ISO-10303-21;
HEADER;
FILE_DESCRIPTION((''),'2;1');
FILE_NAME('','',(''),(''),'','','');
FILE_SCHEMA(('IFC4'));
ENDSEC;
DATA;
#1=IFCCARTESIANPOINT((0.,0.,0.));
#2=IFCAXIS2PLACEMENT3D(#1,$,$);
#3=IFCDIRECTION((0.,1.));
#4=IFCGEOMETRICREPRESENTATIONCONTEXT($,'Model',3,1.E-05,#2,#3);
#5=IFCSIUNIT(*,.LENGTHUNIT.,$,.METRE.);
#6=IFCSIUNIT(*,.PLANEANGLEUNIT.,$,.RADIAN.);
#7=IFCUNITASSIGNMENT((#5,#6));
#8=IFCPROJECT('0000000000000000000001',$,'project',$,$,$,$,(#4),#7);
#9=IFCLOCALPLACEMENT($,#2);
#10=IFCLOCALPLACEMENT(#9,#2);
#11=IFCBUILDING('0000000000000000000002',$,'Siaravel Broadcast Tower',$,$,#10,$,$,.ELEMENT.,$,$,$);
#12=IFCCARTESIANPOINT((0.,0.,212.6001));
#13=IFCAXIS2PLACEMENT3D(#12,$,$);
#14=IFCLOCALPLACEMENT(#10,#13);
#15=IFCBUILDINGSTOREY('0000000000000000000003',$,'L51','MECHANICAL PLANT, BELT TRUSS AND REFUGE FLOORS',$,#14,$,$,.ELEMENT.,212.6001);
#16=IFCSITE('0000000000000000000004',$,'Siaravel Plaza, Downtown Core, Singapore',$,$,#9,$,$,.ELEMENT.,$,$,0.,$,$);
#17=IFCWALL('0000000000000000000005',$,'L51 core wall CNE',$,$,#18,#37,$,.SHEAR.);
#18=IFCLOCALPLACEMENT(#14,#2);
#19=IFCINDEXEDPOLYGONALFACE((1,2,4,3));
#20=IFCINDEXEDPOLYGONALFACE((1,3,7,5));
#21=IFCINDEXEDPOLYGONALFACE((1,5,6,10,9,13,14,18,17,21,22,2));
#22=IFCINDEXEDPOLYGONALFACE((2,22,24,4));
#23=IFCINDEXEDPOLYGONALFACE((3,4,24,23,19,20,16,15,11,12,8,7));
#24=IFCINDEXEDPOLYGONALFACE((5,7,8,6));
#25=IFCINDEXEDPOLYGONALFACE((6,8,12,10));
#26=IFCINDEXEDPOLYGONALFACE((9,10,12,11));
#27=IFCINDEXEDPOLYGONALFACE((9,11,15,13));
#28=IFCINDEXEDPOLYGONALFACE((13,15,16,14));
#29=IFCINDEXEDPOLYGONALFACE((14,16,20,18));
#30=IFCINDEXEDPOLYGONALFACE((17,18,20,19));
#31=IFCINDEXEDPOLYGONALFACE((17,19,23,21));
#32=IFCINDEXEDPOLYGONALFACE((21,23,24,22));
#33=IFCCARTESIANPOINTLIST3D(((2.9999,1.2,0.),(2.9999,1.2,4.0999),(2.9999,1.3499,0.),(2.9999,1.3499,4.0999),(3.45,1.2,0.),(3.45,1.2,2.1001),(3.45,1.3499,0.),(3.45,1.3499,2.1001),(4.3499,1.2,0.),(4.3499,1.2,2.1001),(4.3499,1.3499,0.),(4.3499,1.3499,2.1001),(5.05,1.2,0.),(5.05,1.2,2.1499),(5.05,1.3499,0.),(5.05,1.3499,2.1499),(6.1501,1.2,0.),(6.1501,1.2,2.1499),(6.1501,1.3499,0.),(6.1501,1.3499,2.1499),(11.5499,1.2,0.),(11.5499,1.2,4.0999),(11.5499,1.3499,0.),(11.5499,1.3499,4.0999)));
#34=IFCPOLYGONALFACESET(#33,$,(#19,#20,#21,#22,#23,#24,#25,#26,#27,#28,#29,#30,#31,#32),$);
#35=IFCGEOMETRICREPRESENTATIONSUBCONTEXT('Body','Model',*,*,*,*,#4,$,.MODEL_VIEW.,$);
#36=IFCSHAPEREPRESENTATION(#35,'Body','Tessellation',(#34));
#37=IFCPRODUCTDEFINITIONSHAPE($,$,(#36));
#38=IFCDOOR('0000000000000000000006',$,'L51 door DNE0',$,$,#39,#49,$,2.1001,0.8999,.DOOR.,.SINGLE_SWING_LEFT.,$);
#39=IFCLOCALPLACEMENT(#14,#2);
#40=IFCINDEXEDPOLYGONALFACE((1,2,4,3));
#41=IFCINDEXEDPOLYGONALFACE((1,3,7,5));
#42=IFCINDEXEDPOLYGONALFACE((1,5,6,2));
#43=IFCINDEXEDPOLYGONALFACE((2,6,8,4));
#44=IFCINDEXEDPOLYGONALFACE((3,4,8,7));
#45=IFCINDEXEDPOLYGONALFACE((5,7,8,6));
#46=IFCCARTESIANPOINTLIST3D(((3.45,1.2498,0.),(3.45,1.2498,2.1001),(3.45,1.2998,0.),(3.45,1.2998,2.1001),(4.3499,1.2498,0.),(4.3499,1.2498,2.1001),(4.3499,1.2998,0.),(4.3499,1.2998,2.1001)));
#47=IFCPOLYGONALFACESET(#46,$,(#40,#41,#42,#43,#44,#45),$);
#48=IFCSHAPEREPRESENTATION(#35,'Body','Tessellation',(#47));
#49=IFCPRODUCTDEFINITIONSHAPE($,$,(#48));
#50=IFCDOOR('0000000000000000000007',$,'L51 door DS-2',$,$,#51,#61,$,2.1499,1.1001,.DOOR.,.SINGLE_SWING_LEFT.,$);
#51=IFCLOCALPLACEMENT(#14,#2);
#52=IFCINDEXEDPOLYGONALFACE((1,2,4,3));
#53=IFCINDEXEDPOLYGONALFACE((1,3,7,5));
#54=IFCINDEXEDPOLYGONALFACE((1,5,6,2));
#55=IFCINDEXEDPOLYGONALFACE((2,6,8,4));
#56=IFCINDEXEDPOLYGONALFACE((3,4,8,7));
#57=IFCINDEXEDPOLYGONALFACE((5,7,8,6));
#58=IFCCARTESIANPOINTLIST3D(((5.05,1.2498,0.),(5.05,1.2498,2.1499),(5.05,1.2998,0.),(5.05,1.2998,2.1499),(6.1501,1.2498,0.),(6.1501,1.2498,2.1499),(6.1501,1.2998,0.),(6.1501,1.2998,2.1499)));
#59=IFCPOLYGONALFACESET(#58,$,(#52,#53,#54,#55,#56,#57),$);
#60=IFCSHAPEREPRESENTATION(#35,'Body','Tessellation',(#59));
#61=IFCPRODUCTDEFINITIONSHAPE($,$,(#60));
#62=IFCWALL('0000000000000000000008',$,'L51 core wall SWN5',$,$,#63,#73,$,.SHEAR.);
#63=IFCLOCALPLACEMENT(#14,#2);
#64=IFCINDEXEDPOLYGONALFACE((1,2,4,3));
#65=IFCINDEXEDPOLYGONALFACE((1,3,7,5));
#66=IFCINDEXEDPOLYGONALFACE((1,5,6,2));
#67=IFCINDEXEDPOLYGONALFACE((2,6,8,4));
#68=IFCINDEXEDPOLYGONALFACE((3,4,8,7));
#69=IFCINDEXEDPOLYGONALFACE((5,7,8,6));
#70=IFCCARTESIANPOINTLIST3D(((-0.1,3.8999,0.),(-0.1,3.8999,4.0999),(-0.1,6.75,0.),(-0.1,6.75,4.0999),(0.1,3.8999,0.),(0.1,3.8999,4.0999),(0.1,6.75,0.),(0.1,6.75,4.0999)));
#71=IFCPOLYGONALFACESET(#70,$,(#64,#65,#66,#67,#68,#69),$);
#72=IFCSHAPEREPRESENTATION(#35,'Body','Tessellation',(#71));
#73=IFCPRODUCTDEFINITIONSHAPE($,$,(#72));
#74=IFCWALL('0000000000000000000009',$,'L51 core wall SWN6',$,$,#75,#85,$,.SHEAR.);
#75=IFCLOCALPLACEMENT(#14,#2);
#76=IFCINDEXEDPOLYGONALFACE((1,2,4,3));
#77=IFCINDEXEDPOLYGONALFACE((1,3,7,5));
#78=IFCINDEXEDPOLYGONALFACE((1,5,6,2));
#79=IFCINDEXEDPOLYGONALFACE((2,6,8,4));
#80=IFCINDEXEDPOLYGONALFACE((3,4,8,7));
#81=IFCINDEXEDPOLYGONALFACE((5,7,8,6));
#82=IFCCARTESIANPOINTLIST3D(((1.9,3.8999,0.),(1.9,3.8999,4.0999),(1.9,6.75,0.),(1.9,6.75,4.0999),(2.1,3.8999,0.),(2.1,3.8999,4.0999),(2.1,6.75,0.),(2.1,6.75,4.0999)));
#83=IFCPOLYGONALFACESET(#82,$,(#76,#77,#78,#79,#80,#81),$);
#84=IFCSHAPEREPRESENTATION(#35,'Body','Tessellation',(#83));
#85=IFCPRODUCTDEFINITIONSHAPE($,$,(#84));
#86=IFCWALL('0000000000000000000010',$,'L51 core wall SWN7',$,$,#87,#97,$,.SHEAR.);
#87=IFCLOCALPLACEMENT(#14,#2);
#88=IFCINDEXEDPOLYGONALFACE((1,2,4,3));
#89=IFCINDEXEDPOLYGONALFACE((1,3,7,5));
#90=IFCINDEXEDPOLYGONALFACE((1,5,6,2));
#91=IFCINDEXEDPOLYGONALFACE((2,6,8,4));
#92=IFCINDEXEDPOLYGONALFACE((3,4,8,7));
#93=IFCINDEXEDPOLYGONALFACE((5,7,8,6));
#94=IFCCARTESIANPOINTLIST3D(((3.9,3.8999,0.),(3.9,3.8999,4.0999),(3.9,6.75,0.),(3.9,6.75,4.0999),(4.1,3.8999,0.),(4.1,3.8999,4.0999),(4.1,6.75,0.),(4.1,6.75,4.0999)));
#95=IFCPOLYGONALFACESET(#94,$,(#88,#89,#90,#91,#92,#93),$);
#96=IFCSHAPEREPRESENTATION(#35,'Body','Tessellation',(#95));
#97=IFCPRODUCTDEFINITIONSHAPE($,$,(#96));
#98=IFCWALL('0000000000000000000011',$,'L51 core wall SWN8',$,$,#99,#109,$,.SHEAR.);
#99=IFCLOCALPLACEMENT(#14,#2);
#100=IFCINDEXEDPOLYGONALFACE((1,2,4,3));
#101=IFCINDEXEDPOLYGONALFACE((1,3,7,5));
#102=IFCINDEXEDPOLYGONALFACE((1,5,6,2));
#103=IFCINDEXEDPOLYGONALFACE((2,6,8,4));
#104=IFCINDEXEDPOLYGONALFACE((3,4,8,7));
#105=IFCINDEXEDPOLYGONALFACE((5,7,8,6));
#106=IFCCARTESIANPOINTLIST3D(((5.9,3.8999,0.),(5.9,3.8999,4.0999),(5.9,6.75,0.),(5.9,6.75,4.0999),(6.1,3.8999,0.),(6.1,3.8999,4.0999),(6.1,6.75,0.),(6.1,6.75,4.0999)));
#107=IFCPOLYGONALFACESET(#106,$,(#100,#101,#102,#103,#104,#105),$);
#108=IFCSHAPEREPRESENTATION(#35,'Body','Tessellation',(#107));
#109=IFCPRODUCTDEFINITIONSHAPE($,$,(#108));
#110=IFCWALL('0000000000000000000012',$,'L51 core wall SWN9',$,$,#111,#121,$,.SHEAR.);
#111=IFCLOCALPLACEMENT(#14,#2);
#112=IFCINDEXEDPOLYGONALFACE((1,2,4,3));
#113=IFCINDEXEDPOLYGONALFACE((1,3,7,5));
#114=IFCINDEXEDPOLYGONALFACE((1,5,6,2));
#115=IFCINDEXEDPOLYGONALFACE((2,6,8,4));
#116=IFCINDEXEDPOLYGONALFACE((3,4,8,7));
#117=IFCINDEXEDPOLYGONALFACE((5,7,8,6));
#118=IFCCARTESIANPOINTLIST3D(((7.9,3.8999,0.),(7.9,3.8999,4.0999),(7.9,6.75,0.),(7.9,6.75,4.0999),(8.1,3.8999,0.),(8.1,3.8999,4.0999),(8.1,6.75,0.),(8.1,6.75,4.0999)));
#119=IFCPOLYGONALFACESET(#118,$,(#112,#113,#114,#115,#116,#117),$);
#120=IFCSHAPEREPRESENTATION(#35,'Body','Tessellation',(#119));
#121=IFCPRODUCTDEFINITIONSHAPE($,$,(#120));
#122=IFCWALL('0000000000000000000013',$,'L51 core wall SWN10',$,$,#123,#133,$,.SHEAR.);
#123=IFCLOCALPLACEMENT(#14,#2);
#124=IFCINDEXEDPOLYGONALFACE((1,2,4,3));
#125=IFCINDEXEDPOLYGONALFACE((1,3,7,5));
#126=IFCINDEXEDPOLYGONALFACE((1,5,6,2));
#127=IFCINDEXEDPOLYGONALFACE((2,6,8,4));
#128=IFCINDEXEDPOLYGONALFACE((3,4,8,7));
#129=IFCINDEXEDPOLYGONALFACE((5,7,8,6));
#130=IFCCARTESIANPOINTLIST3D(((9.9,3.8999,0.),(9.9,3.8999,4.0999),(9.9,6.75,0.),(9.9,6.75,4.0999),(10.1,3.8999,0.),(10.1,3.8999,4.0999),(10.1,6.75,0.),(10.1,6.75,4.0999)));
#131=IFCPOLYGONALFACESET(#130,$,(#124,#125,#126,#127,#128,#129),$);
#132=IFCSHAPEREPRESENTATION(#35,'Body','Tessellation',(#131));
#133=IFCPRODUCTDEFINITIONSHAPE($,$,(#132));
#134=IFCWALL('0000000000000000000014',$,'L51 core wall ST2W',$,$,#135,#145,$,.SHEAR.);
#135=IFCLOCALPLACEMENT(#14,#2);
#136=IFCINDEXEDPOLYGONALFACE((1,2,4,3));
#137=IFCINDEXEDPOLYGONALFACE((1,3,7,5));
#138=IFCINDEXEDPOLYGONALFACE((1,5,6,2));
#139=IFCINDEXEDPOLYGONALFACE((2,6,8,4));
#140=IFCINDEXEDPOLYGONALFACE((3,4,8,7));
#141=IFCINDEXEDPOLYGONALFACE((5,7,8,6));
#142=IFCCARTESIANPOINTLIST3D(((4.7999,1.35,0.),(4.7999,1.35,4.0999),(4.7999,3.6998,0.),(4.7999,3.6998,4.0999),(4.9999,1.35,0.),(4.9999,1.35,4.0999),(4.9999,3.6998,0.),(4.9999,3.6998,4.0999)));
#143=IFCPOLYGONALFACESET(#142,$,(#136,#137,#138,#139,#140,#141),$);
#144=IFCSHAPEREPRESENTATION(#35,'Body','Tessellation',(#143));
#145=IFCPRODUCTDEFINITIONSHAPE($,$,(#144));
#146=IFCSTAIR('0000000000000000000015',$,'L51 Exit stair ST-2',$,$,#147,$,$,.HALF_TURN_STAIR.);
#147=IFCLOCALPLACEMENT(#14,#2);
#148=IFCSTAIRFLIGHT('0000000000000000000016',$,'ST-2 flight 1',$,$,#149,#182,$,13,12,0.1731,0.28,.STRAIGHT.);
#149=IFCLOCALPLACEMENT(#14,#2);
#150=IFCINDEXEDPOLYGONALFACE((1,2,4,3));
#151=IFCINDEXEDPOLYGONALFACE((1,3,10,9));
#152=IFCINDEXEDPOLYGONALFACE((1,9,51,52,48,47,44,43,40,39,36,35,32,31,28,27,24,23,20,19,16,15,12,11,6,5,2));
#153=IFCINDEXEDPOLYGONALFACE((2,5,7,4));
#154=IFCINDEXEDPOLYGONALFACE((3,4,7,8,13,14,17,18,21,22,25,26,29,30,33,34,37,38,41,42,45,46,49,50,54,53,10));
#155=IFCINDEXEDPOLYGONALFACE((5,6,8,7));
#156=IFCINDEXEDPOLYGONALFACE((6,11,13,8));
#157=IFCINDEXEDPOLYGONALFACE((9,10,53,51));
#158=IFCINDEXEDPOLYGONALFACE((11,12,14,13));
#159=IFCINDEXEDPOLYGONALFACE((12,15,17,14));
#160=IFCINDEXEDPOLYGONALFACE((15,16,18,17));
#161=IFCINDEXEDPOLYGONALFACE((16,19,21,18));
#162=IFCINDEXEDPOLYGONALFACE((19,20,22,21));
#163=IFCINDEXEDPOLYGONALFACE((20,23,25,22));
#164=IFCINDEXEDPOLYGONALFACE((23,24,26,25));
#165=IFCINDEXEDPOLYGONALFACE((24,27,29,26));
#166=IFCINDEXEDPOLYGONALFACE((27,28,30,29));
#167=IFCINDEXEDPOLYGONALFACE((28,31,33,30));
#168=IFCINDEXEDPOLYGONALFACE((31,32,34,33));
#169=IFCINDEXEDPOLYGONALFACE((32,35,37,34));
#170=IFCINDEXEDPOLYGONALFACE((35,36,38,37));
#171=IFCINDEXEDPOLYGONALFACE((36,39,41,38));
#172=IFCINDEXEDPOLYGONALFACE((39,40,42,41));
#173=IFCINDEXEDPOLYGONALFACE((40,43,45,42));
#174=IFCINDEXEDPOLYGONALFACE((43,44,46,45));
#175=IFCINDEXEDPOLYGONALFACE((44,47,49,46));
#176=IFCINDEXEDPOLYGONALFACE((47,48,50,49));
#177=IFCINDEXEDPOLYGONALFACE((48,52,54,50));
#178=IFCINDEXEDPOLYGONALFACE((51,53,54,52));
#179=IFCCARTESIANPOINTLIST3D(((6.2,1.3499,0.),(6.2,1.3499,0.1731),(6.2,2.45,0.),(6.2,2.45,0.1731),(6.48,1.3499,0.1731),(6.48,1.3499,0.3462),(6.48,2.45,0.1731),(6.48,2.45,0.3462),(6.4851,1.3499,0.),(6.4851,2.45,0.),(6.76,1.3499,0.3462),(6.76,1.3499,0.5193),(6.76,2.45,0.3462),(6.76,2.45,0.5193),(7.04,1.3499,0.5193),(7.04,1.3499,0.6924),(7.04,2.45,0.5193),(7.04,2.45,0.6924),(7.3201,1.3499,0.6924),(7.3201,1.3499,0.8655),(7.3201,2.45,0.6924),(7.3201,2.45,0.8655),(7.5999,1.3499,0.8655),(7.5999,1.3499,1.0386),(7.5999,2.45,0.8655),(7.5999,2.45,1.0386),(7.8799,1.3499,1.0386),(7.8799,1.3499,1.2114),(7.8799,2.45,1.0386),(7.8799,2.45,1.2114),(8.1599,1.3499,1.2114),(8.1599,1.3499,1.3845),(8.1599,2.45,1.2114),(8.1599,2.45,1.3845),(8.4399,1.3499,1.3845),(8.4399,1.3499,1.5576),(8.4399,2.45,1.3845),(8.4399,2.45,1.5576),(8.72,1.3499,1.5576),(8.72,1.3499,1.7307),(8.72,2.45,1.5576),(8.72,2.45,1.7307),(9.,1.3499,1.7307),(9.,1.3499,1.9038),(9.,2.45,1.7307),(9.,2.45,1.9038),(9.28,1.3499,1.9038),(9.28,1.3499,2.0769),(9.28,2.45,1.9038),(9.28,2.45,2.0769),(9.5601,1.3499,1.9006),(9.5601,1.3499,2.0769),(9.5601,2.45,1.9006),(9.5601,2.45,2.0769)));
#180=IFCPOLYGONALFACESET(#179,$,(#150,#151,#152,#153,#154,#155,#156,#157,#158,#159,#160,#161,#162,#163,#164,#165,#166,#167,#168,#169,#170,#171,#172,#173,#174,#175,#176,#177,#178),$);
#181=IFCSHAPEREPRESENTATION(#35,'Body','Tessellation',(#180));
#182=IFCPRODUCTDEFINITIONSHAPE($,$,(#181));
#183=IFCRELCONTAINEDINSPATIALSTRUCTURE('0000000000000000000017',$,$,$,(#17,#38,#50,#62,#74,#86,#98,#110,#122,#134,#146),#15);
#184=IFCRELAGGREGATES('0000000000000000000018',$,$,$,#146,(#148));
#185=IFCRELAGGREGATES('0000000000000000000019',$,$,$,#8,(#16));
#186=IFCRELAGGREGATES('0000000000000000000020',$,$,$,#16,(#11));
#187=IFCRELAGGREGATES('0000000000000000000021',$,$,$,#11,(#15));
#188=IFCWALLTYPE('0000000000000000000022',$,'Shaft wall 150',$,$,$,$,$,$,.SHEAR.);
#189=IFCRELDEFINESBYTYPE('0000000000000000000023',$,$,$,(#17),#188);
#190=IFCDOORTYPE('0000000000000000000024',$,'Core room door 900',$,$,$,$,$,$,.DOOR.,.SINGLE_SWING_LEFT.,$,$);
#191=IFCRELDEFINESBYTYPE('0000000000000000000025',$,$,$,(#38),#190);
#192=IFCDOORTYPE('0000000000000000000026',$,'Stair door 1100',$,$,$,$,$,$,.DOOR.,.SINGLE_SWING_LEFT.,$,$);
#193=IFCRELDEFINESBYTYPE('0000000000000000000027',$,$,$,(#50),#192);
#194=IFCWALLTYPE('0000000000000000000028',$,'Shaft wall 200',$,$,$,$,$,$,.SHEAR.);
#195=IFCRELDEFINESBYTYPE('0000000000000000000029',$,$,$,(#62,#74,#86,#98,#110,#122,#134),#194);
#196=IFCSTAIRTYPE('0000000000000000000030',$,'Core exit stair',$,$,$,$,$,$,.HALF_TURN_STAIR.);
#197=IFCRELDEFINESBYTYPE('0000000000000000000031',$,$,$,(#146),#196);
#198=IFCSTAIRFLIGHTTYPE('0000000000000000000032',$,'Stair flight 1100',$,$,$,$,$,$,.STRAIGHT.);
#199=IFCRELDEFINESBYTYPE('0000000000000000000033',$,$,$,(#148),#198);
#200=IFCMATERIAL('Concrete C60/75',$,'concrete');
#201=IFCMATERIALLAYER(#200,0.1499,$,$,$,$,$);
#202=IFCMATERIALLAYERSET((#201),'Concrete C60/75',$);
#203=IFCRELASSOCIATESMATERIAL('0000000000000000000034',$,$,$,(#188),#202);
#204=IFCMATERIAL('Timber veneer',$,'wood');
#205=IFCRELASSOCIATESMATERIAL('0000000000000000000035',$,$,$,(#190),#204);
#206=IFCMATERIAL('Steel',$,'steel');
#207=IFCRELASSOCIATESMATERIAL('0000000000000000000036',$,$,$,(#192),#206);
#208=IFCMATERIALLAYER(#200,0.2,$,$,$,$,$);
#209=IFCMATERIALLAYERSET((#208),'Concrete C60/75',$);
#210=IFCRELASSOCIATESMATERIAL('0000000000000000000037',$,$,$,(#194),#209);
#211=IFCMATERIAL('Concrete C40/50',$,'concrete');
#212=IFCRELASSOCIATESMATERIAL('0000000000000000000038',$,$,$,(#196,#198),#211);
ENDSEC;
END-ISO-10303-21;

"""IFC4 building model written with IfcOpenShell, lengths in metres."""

from ifc_helpers import new_model, si_unit, direction, frame, frame_2d, origin, place, context, subcontext, project, spatial, polyline, rectangle, outline, extrude, material, layer, layer_set, type_object, element, fill, aggregate, save


model = new_model("IFC4")

# Units and contexts
model_context = context("Model", 3, precision=1e-05, world=origin(), true_north=direction((0.0, 1.0)))
body_context = subcontext(model_context, "Body", "Model", "MODEL_VIEW")
ifc_project = project(units=[si_unit("LENGTHUNIT", "METRE"), si_unit("PLANEANGLEUNIT", "RADIAN")], contexts=[model_context])

# Site, building, storey
site_placement = place(None, origin())
site = spatial("IfcSite", under=ifc_project, at=site_placement, Name="Siaravel Plaza, Downtown Core, Singapore", CompositionType="ELEMENT", RefElevation=0.0)
building_placement = place(site_placement, origin())
building = spatial("IfcBuilding", under=site, at=building_placement, Name="Siaravel Broadcast Tower", CompositionType="ELEMENT")
storey_placement = place(building_placement, frame((0.0, 0.0, 212.6001)))
storey = spatial("IfcBuildingStorey", under=building, at=storey_placement, Name="L51", Description="MECHANICAL PLANT, BELT TRUSS AND REFUGE FLOORS", CompositionType="ELEMENT", Elevation=212.6001)

# Shared definitions
ifc_material_1 = material(Name="Steel", Category="steel")

# Wall, openings, doors
ifc_material_2 = material(Name="Concrete C60/75", Category="concrete")
ifc_layer_1 = layer(ifc_material_2, 0.1499)
ifc_layer_set_1 = layer_set([ifc_layer_1], Name="Concrete C60/75")
wall_type_1 = type_object("IfcWallType", Name="Shaft wall 150", PredefinedType="SHEAR", material=ifc_layer_set_1)
wall_1_placement = place(storey_placement, frame((3.0, 1.2749, 0.0), z_axis=(0.0, 0.0, 1.0), x_axis=(1.0, 0.0, 0.0)))
wall_1 = element("IfcWall", 1, at=wall_1_placement, inside=storey, type_object=wall_type_1, Name="L51 core wall CNE", PredefinedType="SHEAR", context=body_context, shape_type="SweptSolid", body=[
    extrude(rectangle(XDim=8.55, YDim=0.1499, at=frame_2d((4.2749, 0.0))), origin(), (0.0, 0.0, 1.0), 4.0999),
])
opening_1_placement = place(wall_1_placement, frame((2.05, 0.0, 0.0)))
opening_1 = element("IfcOpeningElement", 2, at=opening_1_placement, cuts=wall_1, PredefinedType="OPENING", context=body_context, shape_type="SweptSolid", body=[
    extrude(rectangle(XDim=1.1001, YDim=2.1499, at=frame_2d((0.55, 1.075))), frame((0.0, 0.085, 0.0), z_axis=(0.0, -1.0, 0.0), x_axis=(1.0, 0.0, 0.0)), (0.0, 0.0, 1.0), 0.1699),
])
opening_2_placement = place(wall_1_placement, frame((0.45, 0.0, 0.0)))
opening_2 = element("IfcOpeningElement", 3, at=opening_2_placement, cuts=wall_1, PredefinedType="OPENING", context=body_context, shape_type="SweptSolid", body=[
    extrude(rectangle(XDim=0.8999, YDim=2.1001, at=frame_2d((0.45, 1.05))), frame((0.0, 0.085, 0.0), z_axis=(0.0, -1.0, 0.0), x_axis=(1.0, 0.0, 0.0)), (0.0, 0.0, 1.0), 0.1699),
])
ifc_material_3 = material(Name="Timber veneer", Category="wood")
door_type_1 = type_object("IfcDoorType", Name="Core room door 900", OperationType="SINGLE_SWING_LEFT", PredefinedType="DOOR", material=ifc_material_3)
door_1_placement = place(opening_2_placement, origin())
door_1 = element("IfcDoor", 4, at=door_1_placement, inside=storey, type_object=door_type_1, Name="L51 door DNE0", OperationType="SINGLE_SWING_LEFT", OverallHeight=2.1001, OverallWidth=0.8999, PredefinedType="DOOR", context=body_context, shape_type="SweptSolid", body=[
    extrude(rectangle(XDim=0.8999, YDim=2.1001, at=frame_2d((0.45, 1.05))), frame((0.0, 0.0249, 0.0), z_axis=(0.0, -1.0, 0.0), x_axis=(1.0, 0.0, 0.0)), (0.0, 0.0, 1.0), 0.05),
])
fill(opening_2, door_1)
door_type_2 = type_object("IfcDoorType", Name="Stair door 1100", OperationType="SINGLE_SWING_LEFT", PredefinedType="DOOR", material=ifc_material_1)
door_2_placement = place(opening_1_placement, origin())
door_2 = element("IfcDoor", 5, at=door_2_placement, inside=storey, type_object=door_type_2, Name="L51 door DS-2", OperationType="SINGLE_SWING_LEFT", OverallHeight=2.1499, OverallWidth=1.1001, PredefinedType="DOOR", context=body_context, shape_type="SweptSolid", body=[
    extrude(rectangle(XDim=1.1001, YDim=2.1499, at=frame_2d((0.55, 1.075))), frame((0.0, 0.0249, 0.0), z_axis=(0.0, -1.0, 0.0), x_axis=(1.0, 0.0, 0.0)), (0.0, 0.0, 1.0), 0.05),
])
fill(opening_1, door_2)

# Walls
ifc_layer_2 = layer(ifc_material_2, 0.2)
ifc_layer_set_2 = layer_set([ifc_layer_2], Name="Concrete C60/75")
wall_type_2 = type_object("IfcWallType", Name="Shaft wall 200", PredefinedType="SHEAR", material=ifc_layer_set_2)
for number, where, z_axis, x_axis, name in (
    (6, (0.0, 3.8999, 0.0), (0.0, 0.0, 1.0), (0.0, 1.0, 0.0), "L51 core wall SWN5"),
    (7, (2.0, 3.8999, 0.0), (0.0, 0.0, 1.0), (0.0, 1.0, 0.0), "L51 core wall SWN6"),
    (8, (4.0, 3.8999, 0.0), (0.0, 0.0, 1.0), (0.0, 1.0, 0.0), "L51 core wall SWN7"),
    (9, (6.0, 3.8999, 0.0), (0.0, 0.0, 1.0), (0.0, 1.0, 0.0), "L51 core wall SWN8"),
    (10, (8.0, 3.8999, 0.0), (0.0, 0.0, 1.0), (0.0, 1.0, 0.0), "L51 core wall SWN9"),
    (11, (10.0, 3.8999, 0.0), (0.0, 0.0, 1.0), (0.0, 1.0, 0.0), "L51 core wall SWN10"),
):
    element("IfcWall", number, at=place(storey_placement, frame(where, z_axis=z_axis, x_axis=x_axis)), inside=storey, type_object=wall_type_2, Name=name, PredefinedType="SHEAR", context=body_context, shape_type="SweptSolid", body=[
        extrude(rectangle(XDim=2.8501, YDim=0.2, at=frame_2d((1.425, 0.0))), origin(), (0.0, 0.0, 1.0), 4.0999),
    ])
wall_2_placement = place(storey_placement, frame((4.8999, 1.3501, 0.0), z_axis=(0.0, 0.0, 1.0), x_axis=(0.0, 1.0, 0.0)))
element("IfcWall", 12, at=wall_2_placement, inside=storey, type_object=wall_type_2, Name="L51 core wall ST2W", PredefinedType="SHEAR", context=body_context, shape_type="SweptSolid", body=[
    extrude(rectangle(XDim=2.3499, YDim=0.2, at=frame_2d((1.1748, 0.0))), origin(), (0.0, 0.0, 1.0), 4.0999),
])

# Stair, stair flight
ifc_material_4 = material(Name="Concrete C40/50", Category="concrete")
stair_type = type_object("IfcStairType", Name="Core exit stair", PredefinedType="HALF_TURN_STAIR", material=ifc_material_4)
stair_placement = place(storey_placement, origin())
stair = element("IfcStair", 13, at=stair_placement, inside=storey, type_object=stair_type, Name="L51 Exit stair ST-2", PredefinedType="HALF_TURN_STAIR")
stair_flight_type = type_object("IfcStairFlightType", Name="Stair flight 1100", PredefinedType="STRAIGHT", material=ifc_material_4)
stair_flight_1_placement = place(storey_placement, frame((6.2, 1.8999, 0.0), z_axis=(0.0, 0.0, 1.0), x_axis=(1.0, 0.0, 0.0)))
stair_flight_1 = element("IfcStairFlight", 14, at=stair_flight_1_placement, type_object=stair_flight_type, Name="ST-2 flight 1", NumberOfRisers=13, NumberOfTreads=12, PredefinedType="STRAIGHT", RiserHeight=0.1731, TreadLength=0.28, context=body_context, shape_type="SweptSolid", body=[
    extrude(outline(polyline([(0.0, 0.0), (0.0, 0.1731), (0.28, 0.1731), (0.28, 0.3462), (0.5601, 0.3462), (0.5601, 0.5193), (0.8401, 0.5193), (0.8401, 0.6924), (1.1201, 0.6924), (1.1201, 0.8655), (1.3999, 0.8655), (1.3999, 1.0386), (1.6799, 1.0386), (1.6799, 1.2114), (1.96, 1.2114), (1.96, 1.3845), (2.24, 1.3845), (2.24, 1.5576), (2.52, 1.5576), (2.52, 1.7307), (2.8, 1.7307), (2.8, 1.9038), (3.0801, 1.9038), (3.0801, 2.0769), (3.3601, 2.0769), (3.3601, 2.25), (3.3601, 1.9006), (0.2852, 0.0), (0.0, 0.0)])), frame((0.0, 0.55, 0.0), z_axis=(0.0, -1.0, 0.0), x_axis=(1.0, 0.0, 0.0)), (0.0, 0.0, 1.0), 1.1001),
])
aggregate(stair, [stair_flight_1])

save(model, "model.ifc")
